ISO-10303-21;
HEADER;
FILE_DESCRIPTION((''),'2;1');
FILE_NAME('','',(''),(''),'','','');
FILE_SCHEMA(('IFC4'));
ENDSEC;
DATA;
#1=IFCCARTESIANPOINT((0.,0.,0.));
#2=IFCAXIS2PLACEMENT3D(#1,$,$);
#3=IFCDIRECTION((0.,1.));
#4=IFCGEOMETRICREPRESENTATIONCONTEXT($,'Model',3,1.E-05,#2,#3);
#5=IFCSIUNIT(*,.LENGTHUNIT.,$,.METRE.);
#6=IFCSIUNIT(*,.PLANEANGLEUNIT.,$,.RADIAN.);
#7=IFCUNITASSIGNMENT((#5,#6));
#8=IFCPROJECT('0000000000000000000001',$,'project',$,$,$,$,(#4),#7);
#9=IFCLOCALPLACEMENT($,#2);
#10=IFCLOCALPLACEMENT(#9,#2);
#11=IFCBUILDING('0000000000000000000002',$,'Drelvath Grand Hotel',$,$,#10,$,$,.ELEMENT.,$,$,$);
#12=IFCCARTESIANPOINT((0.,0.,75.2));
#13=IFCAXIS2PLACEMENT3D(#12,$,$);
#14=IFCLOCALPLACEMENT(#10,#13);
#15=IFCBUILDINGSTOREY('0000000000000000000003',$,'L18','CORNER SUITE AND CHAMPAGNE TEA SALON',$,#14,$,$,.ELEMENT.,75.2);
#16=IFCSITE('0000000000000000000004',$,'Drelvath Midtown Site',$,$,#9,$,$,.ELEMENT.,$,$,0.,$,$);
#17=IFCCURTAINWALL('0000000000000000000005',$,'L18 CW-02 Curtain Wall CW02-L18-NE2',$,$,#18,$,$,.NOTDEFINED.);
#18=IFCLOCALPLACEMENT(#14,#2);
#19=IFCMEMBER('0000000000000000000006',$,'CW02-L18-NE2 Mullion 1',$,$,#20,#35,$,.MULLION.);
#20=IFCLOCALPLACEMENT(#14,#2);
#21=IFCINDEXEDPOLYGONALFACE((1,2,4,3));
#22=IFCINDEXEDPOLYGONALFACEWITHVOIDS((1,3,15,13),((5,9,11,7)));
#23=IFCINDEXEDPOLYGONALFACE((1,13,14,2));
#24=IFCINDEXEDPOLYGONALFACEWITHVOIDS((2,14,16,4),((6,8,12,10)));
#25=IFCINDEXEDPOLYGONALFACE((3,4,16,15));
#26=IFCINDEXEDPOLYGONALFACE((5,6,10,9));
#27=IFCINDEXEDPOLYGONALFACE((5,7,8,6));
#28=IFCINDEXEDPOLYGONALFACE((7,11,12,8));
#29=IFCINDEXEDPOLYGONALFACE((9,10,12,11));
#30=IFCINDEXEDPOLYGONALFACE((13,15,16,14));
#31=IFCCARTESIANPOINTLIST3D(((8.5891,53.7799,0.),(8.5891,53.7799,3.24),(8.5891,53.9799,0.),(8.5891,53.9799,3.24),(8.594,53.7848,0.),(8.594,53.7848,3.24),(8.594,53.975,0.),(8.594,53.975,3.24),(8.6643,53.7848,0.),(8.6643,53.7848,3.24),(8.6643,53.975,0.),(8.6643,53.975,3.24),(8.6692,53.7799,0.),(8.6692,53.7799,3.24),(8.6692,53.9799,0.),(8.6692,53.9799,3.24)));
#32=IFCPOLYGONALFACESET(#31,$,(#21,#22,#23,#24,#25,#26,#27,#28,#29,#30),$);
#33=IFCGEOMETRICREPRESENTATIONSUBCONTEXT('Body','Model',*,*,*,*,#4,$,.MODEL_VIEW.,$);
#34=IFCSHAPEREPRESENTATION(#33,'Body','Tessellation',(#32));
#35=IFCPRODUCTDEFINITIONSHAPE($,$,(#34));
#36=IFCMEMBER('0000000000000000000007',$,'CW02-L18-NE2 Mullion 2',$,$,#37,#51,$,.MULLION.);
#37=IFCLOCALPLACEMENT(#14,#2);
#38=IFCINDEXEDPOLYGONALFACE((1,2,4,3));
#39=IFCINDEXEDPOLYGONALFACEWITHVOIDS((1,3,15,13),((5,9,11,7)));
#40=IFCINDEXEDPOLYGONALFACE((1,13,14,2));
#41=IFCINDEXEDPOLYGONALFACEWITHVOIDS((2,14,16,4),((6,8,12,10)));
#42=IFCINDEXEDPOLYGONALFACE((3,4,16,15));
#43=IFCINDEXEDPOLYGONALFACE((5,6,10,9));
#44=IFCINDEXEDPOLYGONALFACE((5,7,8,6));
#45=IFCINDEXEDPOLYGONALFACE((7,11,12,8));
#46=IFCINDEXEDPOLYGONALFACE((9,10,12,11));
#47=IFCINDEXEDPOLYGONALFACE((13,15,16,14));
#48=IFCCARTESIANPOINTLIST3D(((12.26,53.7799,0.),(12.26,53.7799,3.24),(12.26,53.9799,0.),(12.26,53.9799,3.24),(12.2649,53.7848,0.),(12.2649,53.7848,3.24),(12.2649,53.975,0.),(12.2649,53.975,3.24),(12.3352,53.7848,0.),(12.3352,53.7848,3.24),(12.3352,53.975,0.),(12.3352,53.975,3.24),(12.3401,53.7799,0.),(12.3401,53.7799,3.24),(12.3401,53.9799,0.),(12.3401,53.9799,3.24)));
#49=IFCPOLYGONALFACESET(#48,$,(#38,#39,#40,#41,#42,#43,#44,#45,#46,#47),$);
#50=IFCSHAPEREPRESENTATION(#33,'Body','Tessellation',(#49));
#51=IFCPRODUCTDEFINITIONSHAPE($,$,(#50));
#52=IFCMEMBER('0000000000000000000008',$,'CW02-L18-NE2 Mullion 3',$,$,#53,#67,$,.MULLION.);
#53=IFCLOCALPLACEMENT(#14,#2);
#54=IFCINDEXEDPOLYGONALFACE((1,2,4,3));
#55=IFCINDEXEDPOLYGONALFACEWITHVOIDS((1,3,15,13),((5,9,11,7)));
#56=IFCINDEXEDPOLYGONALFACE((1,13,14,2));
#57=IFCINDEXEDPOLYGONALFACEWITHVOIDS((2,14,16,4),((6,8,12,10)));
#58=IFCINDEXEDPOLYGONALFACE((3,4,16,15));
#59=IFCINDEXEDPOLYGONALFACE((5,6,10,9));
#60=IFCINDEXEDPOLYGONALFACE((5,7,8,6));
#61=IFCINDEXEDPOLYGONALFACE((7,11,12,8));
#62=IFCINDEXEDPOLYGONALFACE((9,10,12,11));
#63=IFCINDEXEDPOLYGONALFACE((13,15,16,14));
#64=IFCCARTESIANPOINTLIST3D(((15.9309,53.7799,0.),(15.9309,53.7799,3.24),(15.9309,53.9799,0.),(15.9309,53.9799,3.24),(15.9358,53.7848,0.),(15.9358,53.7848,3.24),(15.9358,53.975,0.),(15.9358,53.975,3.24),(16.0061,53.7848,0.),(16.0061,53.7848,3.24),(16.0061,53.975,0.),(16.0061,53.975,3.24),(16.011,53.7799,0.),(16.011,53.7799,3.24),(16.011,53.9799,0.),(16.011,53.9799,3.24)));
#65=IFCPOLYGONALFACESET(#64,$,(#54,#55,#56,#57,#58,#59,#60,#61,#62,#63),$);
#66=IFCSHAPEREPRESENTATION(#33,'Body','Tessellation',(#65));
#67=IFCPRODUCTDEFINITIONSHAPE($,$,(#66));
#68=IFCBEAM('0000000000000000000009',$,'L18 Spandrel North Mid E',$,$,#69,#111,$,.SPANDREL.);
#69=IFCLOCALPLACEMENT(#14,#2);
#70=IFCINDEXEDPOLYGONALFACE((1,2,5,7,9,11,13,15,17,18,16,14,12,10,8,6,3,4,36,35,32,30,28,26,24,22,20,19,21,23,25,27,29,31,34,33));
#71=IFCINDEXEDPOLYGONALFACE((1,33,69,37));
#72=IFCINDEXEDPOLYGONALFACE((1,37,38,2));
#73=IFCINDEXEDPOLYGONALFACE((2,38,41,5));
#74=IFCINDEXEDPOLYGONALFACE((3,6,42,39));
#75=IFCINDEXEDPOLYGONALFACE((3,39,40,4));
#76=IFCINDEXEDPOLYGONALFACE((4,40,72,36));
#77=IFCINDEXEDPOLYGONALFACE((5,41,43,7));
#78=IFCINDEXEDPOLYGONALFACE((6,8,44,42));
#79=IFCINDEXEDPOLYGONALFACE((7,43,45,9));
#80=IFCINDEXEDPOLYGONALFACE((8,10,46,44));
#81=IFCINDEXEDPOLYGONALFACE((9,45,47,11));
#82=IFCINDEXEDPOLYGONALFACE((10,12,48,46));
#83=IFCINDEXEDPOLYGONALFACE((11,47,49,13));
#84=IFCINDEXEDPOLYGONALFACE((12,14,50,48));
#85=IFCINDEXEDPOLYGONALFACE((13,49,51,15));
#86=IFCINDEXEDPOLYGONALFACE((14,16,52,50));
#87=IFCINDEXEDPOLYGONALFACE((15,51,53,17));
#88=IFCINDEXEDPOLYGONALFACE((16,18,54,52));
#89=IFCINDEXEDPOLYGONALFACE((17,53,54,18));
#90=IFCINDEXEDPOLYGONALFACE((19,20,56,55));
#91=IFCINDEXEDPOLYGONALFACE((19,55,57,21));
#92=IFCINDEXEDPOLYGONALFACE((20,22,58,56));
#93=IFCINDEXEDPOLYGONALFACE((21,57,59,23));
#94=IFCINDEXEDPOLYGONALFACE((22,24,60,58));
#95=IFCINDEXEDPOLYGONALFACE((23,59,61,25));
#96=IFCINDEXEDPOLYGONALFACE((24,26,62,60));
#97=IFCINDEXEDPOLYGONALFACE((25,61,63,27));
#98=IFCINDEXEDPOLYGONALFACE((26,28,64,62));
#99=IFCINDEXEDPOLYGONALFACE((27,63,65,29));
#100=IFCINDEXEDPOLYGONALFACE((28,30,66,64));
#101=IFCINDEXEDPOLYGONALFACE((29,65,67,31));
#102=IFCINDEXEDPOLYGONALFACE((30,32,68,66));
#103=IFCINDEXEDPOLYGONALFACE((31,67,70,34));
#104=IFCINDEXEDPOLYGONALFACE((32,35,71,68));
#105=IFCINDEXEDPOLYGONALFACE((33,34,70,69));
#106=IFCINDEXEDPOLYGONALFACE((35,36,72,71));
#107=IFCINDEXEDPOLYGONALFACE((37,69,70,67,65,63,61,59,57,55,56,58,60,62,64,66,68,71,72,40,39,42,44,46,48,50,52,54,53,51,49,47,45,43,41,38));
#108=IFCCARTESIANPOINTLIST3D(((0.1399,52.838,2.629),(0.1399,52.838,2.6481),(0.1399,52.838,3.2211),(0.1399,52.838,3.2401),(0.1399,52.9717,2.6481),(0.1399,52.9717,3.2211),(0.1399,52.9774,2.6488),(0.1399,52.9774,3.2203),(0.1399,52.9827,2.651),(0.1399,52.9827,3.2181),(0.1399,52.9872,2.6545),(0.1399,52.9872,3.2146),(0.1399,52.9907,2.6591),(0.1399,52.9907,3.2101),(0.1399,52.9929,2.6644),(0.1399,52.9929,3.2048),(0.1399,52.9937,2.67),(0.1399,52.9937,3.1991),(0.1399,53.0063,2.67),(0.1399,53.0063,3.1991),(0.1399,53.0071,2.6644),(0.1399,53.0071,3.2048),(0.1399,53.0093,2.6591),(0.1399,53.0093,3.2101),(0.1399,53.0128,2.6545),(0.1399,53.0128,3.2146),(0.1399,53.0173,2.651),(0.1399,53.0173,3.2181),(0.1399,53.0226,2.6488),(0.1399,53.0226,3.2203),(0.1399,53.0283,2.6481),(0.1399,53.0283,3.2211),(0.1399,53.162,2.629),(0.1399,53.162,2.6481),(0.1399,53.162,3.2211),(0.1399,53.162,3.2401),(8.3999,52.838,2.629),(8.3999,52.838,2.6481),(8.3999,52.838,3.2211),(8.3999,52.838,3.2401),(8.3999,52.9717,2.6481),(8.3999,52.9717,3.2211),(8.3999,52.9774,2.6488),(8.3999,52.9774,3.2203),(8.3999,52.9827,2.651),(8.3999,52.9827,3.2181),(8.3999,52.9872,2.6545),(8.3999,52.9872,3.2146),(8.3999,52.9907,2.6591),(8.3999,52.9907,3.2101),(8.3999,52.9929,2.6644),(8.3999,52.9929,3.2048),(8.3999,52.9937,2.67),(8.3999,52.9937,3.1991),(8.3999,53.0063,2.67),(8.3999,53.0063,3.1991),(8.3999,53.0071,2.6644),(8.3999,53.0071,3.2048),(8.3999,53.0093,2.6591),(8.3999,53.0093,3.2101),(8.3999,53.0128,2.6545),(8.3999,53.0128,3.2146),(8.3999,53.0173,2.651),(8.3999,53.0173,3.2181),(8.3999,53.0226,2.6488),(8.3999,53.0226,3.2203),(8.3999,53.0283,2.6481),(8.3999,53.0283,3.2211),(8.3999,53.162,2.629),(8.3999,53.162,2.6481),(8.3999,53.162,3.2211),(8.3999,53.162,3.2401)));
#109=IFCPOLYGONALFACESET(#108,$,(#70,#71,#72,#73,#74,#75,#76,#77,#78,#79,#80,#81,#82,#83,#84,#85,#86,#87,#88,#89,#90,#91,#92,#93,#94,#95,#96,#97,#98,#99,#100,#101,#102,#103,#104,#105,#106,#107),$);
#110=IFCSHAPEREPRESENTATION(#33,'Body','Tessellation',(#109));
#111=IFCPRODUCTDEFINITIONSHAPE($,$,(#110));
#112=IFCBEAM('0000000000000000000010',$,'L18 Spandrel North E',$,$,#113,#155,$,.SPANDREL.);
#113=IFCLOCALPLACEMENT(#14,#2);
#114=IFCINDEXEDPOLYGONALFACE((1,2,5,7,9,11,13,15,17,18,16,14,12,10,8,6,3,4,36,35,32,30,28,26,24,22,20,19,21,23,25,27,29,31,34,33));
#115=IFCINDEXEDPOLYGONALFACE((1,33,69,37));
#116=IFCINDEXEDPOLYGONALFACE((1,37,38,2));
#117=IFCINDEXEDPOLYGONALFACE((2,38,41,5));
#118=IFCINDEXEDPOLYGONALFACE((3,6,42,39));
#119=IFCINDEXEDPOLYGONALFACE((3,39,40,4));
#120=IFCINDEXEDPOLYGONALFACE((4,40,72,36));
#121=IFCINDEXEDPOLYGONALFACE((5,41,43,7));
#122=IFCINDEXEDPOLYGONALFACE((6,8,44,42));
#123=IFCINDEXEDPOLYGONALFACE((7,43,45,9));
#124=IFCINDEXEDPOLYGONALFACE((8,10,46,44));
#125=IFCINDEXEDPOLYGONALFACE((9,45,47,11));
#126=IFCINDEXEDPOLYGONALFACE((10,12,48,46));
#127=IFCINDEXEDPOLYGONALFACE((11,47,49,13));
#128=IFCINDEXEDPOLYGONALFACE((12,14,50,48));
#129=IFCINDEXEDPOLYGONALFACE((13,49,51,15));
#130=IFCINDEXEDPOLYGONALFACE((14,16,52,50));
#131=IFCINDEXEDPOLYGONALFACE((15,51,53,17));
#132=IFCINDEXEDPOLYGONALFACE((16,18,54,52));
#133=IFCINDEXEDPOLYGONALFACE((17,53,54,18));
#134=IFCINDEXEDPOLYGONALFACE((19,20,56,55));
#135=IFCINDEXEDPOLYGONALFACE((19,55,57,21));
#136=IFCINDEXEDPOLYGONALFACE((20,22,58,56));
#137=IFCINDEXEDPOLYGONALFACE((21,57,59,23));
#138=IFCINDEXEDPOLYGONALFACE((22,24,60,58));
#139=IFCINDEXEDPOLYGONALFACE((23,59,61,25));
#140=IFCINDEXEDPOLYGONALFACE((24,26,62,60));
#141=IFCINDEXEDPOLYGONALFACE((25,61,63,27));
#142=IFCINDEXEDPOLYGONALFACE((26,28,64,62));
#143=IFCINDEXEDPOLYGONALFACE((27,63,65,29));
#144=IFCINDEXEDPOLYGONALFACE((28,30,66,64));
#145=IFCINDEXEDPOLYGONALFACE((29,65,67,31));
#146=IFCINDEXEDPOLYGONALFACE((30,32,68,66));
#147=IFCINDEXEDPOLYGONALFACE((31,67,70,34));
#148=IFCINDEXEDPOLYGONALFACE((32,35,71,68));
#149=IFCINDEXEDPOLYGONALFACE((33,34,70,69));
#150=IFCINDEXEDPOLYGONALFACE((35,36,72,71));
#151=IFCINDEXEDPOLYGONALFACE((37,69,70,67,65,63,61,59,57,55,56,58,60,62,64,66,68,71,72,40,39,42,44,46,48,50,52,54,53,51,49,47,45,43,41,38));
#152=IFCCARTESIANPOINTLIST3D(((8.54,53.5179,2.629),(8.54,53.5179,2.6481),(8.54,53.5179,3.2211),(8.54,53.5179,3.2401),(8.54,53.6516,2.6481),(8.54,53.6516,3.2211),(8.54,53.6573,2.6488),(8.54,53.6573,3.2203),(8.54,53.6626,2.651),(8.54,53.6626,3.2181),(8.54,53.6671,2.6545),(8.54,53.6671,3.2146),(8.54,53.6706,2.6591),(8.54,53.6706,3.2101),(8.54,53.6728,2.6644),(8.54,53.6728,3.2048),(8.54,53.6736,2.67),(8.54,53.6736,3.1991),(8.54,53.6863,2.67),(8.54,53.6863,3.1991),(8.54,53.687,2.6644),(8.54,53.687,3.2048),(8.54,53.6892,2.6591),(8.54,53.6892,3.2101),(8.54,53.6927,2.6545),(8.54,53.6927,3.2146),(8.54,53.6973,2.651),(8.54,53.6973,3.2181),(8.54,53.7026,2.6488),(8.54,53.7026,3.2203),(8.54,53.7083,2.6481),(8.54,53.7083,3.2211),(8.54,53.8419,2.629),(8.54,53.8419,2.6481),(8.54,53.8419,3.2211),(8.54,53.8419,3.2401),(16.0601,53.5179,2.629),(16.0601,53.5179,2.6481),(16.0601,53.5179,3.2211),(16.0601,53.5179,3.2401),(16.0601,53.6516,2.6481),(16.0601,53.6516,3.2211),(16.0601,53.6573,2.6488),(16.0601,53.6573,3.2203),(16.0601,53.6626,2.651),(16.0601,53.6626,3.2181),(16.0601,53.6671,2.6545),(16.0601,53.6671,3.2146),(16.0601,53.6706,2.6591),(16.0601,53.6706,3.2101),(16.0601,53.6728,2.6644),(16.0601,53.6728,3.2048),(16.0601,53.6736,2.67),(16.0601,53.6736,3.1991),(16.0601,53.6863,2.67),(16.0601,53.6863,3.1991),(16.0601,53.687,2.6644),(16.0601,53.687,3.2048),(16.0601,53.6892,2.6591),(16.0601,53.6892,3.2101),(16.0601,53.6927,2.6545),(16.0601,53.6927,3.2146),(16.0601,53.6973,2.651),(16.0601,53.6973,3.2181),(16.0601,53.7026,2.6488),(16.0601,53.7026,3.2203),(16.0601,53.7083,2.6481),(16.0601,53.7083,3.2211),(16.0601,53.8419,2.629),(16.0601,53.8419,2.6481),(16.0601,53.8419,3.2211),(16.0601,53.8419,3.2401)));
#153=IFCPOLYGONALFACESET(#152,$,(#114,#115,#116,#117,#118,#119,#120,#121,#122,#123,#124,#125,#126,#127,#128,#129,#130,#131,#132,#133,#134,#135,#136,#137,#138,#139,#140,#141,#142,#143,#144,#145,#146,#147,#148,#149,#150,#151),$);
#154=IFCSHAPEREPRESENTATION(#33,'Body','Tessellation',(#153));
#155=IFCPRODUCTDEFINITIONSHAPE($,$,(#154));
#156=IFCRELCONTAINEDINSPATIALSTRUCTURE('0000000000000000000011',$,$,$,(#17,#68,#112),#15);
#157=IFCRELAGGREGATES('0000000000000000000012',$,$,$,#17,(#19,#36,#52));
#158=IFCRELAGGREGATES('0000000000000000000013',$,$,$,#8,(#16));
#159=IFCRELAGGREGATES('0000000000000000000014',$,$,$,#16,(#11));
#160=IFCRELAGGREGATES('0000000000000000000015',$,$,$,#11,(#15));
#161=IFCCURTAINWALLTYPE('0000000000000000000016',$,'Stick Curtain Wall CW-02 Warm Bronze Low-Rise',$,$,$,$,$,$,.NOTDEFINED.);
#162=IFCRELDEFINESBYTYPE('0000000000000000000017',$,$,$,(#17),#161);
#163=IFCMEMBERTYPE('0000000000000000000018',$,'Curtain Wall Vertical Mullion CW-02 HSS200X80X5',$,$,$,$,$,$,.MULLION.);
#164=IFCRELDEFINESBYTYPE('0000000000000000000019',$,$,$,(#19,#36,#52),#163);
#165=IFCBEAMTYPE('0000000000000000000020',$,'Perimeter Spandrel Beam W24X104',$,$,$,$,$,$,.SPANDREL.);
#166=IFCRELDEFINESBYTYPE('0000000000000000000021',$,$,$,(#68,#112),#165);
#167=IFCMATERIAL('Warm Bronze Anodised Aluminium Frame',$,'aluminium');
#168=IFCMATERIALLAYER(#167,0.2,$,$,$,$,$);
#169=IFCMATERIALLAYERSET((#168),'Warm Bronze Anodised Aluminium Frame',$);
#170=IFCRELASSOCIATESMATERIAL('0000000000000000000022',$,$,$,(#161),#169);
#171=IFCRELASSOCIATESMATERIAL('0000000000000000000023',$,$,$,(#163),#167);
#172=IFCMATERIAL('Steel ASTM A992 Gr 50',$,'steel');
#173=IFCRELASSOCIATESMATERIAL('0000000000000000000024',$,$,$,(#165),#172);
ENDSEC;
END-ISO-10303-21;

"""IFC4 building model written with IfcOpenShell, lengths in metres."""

from ifc_helpers import new_model, si_unit, direction, frame, origin, origin_2d, place, context, subcontext, project, spatial, hollow_rectangle, i_section, extrude, material, layer, layer_set, material_profile, profile_set, type_object, element, aggregate, save


model = new_model("IFC4")

# Units and contexts
model_context = context("Model", 3, precision=1e-05, world=origin(), true_north=direction((0.0, 1.0)))
body_context = subcontext(model_context, "Body", "Model", "MODEL_VIEW")
ifc_project = project(units=[si_unit("LENGTHUNIT", "METRE"), si_unit("PLANEANGLEUNIT", "RADIAN")], contexts=[model_context])

# Site, building, storey
site_placement = place(None, origin())
site = spatial("IfcSite", under=ifc_project, at=site_placement, Name="Drelvath Midtown Site", CompositionType="ELEMENT", RefElevation=0.0)
building_placement = place(site_placement, origin())
building = spatial("IfcBuilding", under=site, at=building_placement, Name="Drelvath Grand Hotel", CompositionType="ELEMENT")
storey_placement = place(building_placement, frame((0.0, 0.0, 75.2)))
storey = spatial("IfcBuildingStorey", under=building, at=storey_placement, Name="L18", Description="CORNER SUITE AND CHAMPAGNE TEA SALON", CompositionType="ELEMENT", Elevation=75.2)

# Curtain wall
ifc_material_1 = material(Name="Warm Bronze Anodised Aluminium Frame", Category="aluminium")
ifc_layer_1 = layer(ifc_material_1, 0.2)
ifc_layer_set_1 = layer_set([ifc_layer_1], Name="Warm Bronze Anodised Aluminium Frame")
curtain_wall_type = type_object("IfcCurtainWallType", Name="Stick Curtain Wall CW-02 Warm Bronze Low-Rise", PredefinedType="NOTDEFINED", material=ifc_layer_set_1)
curtain_wall_1_placement = place(storey_placement, origin())
curtain_wall_1 = element("IfcCurtainWall", 1, at=curtain_wall_1_placement, inside=storey, type_object=curtain_wall_type, Name="L18 CW-02 Curtain Wall CW02-L18-NE2", PredefinedType="NOTDEFINED")

# Members
ifc_material_profile_1 = material_profile(ifc_material_1, hollow_rectangle(XDim=0.0801, YDim=0.2, WallThickness=0.0049, at=origin_2d()), Name="HSS200X80X5")
ifc_profile_set_1 = profile_set([ifc_material_profile_1], Name="Warm Bronze Anodised Aluminium Frame")
member_type_1 = type_object("IfcMemberType", Name="Curtain Wall Vertical Mullion CW-02 HSS200X80X5", PredefinedType="MULLION", material=ifc_profile_set_1)
member_1_placement = place(storey_placement, frame((8.6292, 53.8799, 0.0), z_axis=(0.0, 0.0, 1.0), x_axis=(1.0, 0.0, 0.0)))
member_1 = element("IfcMember", 2, at=member_1_placement, type_object=member_type_1, Name="CW02-L18-NE2 Mullion 1", PredefinedType="MULLION", context=body_context, shape_type="SweptSolid", body=[
    extrude(hollow_rectangle(XDim=0.0801, YDim=0.2, WallThickness=0.0049, at=origin_2d()), origin(), (0.0, 0.0, 1.0), 3.24),
])
member_2_placement = place(storey_placement, frame((12.3, 53.8799, 0.0), z_axis=(0.0, 0.0, 1.0), x_axis=(1.0, 0.0, 0.0)))
member_2 = element("IfcMember", 3, at=member_2_placement, type_object=member_type_1, Name="CW02-L18-NE2 Mullion 2", PredefinedType="MULLION", context=body_context, shape_type="SweptSolid", body=[
    extrude(hollow_rectangle(XDim=0.0801, YDim=0.2, WallThickness=0.0049, at=origin_2d()), origin(), (0.0, 0.0, 1.0), 3.24),
])
member_3_placement = place(storey_placement, frame((15.9709, 53.8799, 0.0), z_axis=(0.0, 0.0, 1.0), x_axis=(1.0, 0.0, 0.0)))
member_3 = element("IfcMember", 4, at=member_3_placement, type_object=member_type_1, Name="CW02-L18-NE2 Mullion 3", PredefinedType="MULLION", context=body_context, shape_type="SweptSolid", body=[
    extrude(hollow_rectangle(XDim=0.0801, YDim=0.2, WallThickness=0.0049, at=origin_2d()), origin(), (0.0, 0.0, 1.0), 3.24),
])

# Beams
ifc_material_2 = material(Name="Steel ASTM A992 Gr 50", Category="steel")
ifc_material_profile_2 = material_profile(ifc_material_2, i_section(OverallWidth=0.324, OverallDepth=0.6111, WebThickness=0.0127, FlangeThickness=0.019, FilletRadius=0.022, at=origin_2d()), Name="W24X104")
ifc_profile_set_2 = profile_set([ifc_material_profile_2], Name="Steel ASTM A992 Gr 50")
beam_type_1 = type_object("IfcBeamType", Name="Perimeter Spandrel Beam W24X104", PredefinedType="SPANDREL", material=ifc_profile_set_2)
beam_1_placement = place(storey_placement, frame((0.1399, 53.0, 2.9346), z_axis=(1.0, 0.0, 0.0), x_axis=(0.0, 1.0, 0.0)))
element("IfcBeam", 5, at=beam_1_placement, inside=storey, type_object=beam_type_1, Name="L18 Spandrel North Mid E", PredefinedType="SPANDREL", context=body_context, shape_type="SweptSolid", body=[
    extrude(i_section(OverallWidth=0.324, OverallDepth=0.6111, WebThickness=0.0127, FlangeThickness=0.019, FilletRadius=0.022, at=origin_2d()), origin(), (0.0, 0.0, 1.0), 8.26),
])
beam_2_placement = place(storey_placement, frame((8.54, 53.6799, 2.9346), z_axis=(1.0, 0.0, 0.0), x_axis=(0.0, 1.0, 0.0)))
element("IfcBeam", 6, at=beam_2_placement, inside=storey, type_object=beam_type_1, Name="L18 Spandrel North E", PredefinedType="SPANDREL", context=body_context, shape_type="SweptSolid", body=[
    extrude(i_section(OverallWidth=0.324, OverallDepth=0.6111, WebThickness=0.0127, FlangeThickness=0.019, FilletRadius=0.022, at=origin_2d()), origin(), (0.0, 0.0, 1.0), 7.52),
])

aggregate(curtain_wall_1, [member_1, member_2, member_3])

save(model, "model.ifc")
